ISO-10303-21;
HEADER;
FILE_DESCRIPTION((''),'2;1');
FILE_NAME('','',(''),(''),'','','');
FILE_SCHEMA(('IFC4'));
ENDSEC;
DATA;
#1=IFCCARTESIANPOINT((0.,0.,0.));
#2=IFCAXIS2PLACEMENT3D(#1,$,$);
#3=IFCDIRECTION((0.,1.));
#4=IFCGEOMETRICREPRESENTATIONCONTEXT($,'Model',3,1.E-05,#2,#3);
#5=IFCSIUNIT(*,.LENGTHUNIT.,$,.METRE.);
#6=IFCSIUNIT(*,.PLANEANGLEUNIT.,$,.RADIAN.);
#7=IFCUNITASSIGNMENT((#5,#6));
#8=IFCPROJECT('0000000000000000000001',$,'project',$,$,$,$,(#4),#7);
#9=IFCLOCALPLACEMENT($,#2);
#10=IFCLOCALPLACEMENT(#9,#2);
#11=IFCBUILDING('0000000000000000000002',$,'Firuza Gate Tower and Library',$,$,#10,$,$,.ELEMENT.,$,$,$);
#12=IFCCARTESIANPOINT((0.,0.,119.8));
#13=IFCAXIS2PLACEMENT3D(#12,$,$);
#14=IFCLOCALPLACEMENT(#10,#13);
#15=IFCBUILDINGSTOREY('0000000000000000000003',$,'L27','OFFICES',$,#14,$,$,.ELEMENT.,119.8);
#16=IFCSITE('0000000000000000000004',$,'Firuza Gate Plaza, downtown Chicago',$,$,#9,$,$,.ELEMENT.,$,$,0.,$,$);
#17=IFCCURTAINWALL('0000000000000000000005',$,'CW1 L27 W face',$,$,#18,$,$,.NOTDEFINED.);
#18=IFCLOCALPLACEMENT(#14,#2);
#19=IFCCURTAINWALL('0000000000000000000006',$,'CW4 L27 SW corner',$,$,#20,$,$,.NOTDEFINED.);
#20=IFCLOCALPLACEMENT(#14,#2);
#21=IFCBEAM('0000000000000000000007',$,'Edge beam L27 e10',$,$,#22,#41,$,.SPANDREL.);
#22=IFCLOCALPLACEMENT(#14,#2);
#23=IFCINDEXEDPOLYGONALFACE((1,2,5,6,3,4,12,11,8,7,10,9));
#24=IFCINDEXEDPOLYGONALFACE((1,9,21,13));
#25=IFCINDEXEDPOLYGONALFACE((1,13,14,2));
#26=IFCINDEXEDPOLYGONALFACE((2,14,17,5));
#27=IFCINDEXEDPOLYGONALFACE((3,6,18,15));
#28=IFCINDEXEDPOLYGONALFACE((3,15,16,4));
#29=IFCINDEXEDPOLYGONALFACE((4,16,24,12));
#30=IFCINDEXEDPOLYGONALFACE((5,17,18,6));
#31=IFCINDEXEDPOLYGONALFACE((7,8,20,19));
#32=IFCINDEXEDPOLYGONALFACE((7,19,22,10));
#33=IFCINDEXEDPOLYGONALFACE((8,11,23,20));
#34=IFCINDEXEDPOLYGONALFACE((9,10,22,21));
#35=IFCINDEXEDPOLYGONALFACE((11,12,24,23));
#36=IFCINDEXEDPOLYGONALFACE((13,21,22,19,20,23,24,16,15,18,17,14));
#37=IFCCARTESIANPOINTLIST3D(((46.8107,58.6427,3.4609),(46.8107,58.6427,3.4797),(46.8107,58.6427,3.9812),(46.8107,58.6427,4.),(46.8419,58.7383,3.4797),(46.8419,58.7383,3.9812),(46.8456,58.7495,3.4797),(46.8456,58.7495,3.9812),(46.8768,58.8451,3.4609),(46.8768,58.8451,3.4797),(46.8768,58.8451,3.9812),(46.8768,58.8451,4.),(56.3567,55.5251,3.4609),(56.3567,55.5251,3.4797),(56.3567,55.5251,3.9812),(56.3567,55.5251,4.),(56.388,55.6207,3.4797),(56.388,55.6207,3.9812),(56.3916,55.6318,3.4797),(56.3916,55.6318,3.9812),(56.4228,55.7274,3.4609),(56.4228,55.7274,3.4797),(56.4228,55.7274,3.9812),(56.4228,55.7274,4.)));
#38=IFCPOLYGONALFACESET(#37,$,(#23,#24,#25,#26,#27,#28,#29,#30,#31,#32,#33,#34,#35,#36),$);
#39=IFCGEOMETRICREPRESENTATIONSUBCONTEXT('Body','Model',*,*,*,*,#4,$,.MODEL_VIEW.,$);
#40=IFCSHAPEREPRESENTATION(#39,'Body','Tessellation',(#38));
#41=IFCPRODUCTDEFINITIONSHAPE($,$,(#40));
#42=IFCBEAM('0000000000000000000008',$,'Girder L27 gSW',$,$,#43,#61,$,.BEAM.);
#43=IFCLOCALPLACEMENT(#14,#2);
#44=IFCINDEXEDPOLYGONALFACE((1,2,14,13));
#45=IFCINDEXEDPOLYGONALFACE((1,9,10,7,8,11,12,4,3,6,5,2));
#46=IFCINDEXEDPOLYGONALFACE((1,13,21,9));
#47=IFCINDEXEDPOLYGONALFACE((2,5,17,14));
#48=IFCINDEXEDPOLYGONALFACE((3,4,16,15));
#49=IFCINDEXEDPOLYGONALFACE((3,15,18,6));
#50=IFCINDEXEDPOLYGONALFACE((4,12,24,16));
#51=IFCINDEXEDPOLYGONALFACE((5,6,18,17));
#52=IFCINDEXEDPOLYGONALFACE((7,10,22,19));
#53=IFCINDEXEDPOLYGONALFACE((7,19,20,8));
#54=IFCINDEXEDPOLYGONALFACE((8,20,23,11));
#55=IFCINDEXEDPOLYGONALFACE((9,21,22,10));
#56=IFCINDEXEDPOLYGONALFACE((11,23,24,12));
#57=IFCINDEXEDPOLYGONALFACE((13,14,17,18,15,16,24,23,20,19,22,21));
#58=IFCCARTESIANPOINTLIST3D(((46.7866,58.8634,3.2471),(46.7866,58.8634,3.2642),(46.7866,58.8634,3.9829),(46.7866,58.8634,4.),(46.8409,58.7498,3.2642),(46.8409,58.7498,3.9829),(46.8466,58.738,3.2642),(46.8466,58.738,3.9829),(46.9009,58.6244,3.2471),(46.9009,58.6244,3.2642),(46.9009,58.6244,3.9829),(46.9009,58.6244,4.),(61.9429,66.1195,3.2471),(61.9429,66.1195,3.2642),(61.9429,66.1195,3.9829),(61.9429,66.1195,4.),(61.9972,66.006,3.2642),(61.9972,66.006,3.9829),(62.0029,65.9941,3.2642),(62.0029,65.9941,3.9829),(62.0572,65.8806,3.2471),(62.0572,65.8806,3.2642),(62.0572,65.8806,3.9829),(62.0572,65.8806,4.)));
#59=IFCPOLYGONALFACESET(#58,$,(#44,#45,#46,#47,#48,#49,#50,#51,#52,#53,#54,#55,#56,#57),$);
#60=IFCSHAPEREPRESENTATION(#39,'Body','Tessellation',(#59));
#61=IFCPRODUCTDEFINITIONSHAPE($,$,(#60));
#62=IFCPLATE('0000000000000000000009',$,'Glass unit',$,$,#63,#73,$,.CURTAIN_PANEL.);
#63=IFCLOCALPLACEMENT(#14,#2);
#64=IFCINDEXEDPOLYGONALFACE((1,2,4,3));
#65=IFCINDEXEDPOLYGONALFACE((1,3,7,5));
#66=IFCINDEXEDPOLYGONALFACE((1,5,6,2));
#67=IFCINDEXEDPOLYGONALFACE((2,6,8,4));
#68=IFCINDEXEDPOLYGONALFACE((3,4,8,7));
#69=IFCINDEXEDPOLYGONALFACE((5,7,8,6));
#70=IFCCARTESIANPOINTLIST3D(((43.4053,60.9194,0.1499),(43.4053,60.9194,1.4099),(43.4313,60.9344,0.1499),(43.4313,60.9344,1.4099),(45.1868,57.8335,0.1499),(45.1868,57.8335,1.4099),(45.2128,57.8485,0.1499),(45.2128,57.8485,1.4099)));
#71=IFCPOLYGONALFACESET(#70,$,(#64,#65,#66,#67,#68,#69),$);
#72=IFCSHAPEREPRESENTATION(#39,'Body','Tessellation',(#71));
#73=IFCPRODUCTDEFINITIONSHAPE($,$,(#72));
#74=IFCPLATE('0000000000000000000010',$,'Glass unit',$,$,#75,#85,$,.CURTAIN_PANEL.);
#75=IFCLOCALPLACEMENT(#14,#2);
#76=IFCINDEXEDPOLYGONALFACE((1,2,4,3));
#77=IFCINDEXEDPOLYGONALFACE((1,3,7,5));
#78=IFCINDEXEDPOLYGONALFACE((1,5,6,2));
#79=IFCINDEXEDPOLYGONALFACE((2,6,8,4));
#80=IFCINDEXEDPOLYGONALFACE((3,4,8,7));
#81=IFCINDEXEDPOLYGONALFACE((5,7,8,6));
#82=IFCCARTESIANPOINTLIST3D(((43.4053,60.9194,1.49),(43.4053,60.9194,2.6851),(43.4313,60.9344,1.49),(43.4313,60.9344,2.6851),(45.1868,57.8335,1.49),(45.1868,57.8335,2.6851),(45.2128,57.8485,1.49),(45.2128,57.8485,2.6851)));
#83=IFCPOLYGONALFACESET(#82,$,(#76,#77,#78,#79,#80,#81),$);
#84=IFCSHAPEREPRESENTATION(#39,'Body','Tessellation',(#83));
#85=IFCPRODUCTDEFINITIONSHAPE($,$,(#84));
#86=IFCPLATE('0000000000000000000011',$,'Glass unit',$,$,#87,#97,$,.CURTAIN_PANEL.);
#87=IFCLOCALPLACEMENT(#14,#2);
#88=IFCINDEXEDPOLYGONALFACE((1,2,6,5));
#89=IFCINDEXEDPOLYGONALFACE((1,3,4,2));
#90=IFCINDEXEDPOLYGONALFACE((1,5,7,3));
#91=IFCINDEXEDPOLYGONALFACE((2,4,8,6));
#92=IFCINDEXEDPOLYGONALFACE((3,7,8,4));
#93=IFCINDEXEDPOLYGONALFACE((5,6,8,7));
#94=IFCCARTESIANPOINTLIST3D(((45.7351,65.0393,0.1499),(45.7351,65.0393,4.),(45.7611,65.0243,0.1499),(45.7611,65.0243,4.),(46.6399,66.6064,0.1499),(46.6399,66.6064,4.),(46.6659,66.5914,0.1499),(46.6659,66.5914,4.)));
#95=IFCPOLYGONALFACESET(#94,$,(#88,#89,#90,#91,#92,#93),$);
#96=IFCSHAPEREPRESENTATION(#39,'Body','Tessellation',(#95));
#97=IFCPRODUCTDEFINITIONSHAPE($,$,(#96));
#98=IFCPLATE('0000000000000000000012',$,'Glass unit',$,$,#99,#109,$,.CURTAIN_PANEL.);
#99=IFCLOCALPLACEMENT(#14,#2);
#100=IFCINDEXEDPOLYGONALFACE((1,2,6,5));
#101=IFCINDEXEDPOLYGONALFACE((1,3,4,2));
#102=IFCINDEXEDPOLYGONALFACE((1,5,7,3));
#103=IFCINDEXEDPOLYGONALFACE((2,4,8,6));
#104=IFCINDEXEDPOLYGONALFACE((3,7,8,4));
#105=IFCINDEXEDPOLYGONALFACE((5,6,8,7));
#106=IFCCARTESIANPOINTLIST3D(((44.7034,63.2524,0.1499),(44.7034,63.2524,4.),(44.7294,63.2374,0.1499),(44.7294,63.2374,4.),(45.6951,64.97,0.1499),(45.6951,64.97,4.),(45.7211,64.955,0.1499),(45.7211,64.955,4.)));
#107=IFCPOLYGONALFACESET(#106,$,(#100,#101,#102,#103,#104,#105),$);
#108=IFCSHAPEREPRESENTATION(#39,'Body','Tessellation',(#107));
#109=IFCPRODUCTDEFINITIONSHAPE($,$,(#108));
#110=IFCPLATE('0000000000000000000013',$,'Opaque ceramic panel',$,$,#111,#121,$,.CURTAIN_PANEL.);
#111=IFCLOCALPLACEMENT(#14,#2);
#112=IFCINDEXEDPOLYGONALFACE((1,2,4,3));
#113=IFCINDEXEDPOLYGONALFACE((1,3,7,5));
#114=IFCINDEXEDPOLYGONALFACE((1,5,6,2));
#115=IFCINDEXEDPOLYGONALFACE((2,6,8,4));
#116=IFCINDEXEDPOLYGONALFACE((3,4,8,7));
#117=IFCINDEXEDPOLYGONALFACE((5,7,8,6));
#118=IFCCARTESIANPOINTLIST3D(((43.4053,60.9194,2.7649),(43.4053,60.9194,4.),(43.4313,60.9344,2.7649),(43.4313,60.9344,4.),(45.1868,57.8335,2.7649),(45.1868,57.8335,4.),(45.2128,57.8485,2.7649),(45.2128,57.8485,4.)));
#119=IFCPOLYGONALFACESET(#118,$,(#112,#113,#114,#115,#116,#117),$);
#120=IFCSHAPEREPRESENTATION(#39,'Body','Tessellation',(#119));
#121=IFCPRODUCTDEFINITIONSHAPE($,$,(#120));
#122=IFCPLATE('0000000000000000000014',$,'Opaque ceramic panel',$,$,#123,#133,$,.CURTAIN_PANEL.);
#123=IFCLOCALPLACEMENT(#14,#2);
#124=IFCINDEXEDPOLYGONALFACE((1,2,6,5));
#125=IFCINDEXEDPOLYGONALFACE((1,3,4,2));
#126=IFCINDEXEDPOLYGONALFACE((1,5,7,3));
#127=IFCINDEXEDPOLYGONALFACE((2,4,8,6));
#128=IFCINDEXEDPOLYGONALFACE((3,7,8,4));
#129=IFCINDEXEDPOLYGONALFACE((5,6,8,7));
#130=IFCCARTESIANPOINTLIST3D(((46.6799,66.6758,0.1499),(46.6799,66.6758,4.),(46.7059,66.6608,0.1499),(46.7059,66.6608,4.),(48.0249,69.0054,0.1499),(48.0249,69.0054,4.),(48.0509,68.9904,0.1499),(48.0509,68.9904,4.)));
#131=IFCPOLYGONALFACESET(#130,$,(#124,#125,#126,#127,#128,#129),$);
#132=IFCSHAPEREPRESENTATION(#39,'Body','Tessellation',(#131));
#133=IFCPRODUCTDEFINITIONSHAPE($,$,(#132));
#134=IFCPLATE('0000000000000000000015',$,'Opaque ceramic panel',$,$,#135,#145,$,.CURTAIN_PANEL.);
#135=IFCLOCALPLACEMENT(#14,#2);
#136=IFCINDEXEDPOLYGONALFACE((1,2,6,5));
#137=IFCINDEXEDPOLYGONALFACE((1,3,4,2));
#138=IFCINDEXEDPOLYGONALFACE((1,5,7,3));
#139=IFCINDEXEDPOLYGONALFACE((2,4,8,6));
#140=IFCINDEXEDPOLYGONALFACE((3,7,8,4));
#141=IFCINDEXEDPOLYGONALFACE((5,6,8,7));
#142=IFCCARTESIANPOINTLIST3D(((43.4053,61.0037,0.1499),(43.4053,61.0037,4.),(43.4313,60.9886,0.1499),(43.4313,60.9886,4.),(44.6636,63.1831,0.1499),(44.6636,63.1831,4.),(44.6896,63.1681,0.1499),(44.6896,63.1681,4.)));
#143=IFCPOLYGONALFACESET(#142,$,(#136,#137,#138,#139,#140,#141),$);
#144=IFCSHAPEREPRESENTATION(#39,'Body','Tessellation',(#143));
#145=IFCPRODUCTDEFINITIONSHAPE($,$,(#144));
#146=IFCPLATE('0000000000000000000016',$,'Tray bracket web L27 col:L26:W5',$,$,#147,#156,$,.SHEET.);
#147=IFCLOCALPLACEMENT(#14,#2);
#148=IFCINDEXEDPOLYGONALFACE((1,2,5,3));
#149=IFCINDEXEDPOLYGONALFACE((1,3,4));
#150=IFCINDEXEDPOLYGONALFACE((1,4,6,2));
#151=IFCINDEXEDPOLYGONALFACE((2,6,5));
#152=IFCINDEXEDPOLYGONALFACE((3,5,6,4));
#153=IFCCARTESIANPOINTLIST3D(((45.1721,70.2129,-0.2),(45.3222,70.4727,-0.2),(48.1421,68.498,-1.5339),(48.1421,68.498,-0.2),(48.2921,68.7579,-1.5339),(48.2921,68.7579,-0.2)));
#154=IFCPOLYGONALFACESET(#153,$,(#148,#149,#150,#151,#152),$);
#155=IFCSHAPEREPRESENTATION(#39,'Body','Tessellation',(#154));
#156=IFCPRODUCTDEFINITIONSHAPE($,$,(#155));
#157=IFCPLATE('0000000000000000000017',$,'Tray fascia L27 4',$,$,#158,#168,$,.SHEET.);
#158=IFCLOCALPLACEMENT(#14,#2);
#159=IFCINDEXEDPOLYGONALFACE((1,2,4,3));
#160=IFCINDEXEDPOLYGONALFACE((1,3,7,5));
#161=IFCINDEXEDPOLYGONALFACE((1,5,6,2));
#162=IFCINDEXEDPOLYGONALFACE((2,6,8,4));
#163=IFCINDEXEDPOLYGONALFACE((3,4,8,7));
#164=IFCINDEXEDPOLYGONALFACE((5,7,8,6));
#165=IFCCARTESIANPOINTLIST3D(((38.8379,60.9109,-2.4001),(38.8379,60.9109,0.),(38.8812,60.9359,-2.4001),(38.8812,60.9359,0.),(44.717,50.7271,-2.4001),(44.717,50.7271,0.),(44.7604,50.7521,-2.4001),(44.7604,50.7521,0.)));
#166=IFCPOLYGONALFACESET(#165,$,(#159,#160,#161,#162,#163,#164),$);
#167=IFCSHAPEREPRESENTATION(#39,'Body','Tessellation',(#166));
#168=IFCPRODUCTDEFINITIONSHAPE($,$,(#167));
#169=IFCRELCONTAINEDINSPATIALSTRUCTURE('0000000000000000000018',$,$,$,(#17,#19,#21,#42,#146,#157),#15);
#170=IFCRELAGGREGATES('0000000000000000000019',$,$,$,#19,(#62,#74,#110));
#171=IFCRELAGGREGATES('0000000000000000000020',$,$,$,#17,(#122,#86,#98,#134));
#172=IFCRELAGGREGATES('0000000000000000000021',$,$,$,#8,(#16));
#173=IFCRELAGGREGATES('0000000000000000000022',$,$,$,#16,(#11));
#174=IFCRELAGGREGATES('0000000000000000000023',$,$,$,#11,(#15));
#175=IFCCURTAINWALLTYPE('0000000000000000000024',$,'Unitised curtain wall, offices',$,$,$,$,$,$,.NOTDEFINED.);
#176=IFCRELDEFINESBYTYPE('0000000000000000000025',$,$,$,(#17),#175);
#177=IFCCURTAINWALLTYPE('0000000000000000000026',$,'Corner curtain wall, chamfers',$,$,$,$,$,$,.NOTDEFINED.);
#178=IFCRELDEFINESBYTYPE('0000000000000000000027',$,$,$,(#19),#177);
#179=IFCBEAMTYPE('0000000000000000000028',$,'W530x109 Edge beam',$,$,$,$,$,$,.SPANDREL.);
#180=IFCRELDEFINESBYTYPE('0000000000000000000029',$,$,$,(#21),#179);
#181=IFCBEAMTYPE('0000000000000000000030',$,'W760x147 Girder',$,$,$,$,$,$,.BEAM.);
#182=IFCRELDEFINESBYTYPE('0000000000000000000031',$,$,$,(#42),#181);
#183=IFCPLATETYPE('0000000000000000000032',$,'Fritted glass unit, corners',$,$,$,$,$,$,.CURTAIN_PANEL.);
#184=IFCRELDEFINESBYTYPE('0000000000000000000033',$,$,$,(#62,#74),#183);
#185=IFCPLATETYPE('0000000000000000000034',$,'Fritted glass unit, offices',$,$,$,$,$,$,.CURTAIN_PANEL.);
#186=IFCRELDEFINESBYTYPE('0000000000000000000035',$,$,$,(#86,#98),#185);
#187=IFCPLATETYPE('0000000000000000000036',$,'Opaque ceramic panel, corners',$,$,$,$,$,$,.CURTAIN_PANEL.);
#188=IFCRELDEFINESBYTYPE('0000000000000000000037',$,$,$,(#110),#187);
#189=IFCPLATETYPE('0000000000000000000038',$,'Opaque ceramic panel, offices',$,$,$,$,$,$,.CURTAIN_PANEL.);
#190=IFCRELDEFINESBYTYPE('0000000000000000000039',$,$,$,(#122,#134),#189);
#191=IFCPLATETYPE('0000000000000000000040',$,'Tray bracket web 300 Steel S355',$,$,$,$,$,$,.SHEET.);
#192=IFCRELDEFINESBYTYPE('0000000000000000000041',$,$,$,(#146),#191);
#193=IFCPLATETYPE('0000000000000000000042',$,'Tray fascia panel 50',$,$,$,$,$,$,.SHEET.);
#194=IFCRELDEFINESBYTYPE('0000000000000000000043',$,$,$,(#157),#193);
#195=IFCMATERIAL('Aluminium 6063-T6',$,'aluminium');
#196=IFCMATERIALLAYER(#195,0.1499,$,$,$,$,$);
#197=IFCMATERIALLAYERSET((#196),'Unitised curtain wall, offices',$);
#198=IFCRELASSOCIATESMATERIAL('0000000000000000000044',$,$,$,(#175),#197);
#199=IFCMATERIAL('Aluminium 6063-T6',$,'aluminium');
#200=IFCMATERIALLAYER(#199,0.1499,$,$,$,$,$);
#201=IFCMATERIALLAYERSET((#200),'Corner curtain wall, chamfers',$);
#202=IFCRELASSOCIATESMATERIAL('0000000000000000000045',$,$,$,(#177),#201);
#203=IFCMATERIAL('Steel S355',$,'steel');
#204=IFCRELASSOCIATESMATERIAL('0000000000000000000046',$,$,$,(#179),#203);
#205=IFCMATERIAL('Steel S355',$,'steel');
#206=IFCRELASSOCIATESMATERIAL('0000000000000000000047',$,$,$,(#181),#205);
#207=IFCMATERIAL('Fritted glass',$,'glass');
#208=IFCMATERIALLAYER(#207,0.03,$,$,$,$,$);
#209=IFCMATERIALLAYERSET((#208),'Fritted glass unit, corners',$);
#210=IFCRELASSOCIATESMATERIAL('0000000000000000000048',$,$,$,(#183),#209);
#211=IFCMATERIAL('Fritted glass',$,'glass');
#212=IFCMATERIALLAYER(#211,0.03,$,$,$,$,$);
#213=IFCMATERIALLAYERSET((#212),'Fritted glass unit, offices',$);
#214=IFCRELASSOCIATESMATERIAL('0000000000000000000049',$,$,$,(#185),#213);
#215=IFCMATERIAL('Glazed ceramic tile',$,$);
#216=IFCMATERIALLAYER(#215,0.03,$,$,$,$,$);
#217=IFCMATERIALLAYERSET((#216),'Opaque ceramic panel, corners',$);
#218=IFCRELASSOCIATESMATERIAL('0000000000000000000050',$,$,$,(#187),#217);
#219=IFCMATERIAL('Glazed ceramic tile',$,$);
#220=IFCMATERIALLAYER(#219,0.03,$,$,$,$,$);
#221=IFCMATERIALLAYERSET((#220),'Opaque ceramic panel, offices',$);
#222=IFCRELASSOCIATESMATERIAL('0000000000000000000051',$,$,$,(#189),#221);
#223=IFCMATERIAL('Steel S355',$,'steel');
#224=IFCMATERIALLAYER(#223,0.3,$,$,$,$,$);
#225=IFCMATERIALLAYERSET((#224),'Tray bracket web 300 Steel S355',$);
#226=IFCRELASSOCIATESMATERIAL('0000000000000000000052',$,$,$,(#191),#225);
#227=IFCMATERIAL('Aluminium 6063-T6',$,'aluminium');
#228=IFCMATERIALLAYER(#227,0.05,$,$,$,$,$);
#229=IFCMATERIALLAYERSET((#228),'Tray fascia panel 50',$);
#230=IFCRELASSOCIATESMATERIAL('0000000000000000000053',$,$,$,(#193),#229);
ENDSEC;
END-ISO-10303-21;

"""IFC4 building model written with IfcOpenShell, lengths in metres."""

from ifc_helpers import new_model, si_unit, direction, frame, origin, origin_2d, place, context, subcontext, project, spatial, polyline, i_section, outline, extrude, material, layer, layer_set, material_profile, profile_set, type_object, element, aggregate, save


model = new_model("IFC4")

# Units and contexts
model_context = context("Model", 3, precision=1e-05, world=origin(), true_north=direction((0.0, 1.0)))
body_context = subcontext(model_context, "Body", "Model", "MODEL_VIEW")
ifc_project = project(units=[si_unit("LENGTHUNIT", "METRE"), si_unit("PLANEANGLEUNIT", "RADIAN")], contexts=[model_context])

# Site, building, storey
site_placement = place(None, origin())
site = spatial("IfcSite", under=ifc_project, at=site_placement, Name="Firuza Gate Plaza, downtown Chicago", CompositionType="ELEMENT", RefElevation=0.0)
building_placement = place(site_placement, origin())
building = spatial("IfcBuilding", under=site, at=building_placement, Name="Firuza Gate Tower and Library", CompositionType="ELEMENT")
storey_placement = place(building_placement, frame((0.0, 0.0, 119.8)))
storey = spatial("IfcBuildingStorey", under=building, at=storey_placement, Name="L27", Description="OFFICES", CompositionType="ELEMENT", Elevation=119.8)

# Curtain walls
ifc_material_1 = material(Name="Aluminium 6063-T6", Category="aluminium")
ifc_layer_1 = layer(ifc_material_1, 0.1499)
ifc_layer_set_1 = layer_set([ifc_layer_1], Name="Unitised curtain wall, offices")
curtain_wall_type_1 = type_object("IfcCurtainWallType", Name="Unitised curtain wall, offices", PredefinedType="NOTDEFINED", material=ifc_layer_set_1)
placement = place(storey_placement, origin())
curtain_wall_1 = element("IfcCurtainWall", 1, at=placement, inside=storey, type_object=curtain_wall_type_1, Name="CW1 L27 W face", PredefinedType="NOTDEFINED")
ifc_material_2 = material(Name="Aluminium 6063-T6", Category="aluminium")
ifc_layer_2 = layer(ifc_material_2, 0.1499)
ifc_layer_set_2 = layer_set([ifc_layer_2], Name="Corner curtain wall, chamfers")
curtain_wall_type_2 = type_object("IfcCurtainWallType", Name="Corner curtain wall, chamfers", PredefinedType="NOTDEFINED", material=ifc_layer_set_2)
curtain_wall_2 = element("IfcCurtainWall", 2, at=placement, inside=storey, type_object=curtain_wall_type_2, Name="CW4 L27 SW corner", PredefinedType="NOTDEFINED")

# Beams
ifc_material_3 = material(Name="Steel S355", Category="steel")
ifc_material_profile_1 = material_profile(ifc_material_3, i_section(OverallWidth=0.2129, OverallDepth=0.5391, WebThickness=0.0117, FlangeThickness=0.0188, at=origin_2d()))
ifc_profile_set_1 = profile_set([ifc_material_profile_1], Name="Steel S355")
beam_type_1 = type_object("IfcBeamType", Name="W530x109 Edge beam", PredefinedType="SPANDREL", material=ifc_profile_set_1)
beam_1_placement = place(storey_placement, frame((46.8438, 58.7439, 3.7305), z_axis=(0.950589, -0.310453, 0.0), x_axis=(0.310453, 0.950589, 0.0)))
element("IfcBeam", 3, at=beam_1_placement, inside=storey, type_object=beam_type_1, Name="Edge beam L27 e10", PredefinedType="SPANDREL", context=body_context, shape_type="SweptSolid", body=[
    extrude(i_section(OverallWidth=0.2129, OverallDepth=0.5391, WebThickness=0.0117, FlangeThickness=0.0188, at=origin_2d()), origin(), (0.0, 0.0, 1.0), 10.0422),
])
ifc_material_4 = material(Name="Steel S355", Category="steel")
ifc_material_profile_2 = material_profile(ifc_material_4, i_section(OverallWidth=0.2649, OverallDepth=0.7529, WebThickness=0.0132, FlangeThickness=0.0171, at=origin_2d()))
ifc_profile_set_2 = profile_set([ifc_material_profile_2], Name="Steel S355")
beam_type_2 = type_object("IfcBeamType", Name="W760x147 Girder", PredefinedType="BEAM", material=ifc_profile_set_2)
beam_2_placement = place(storey_placement, frame((46.8438, 58.7439, 3.6235), z_axis=(0.901961, 0.431817, 0.0), x_axis=(-0.431817, 0.901961, 0.0)))
element("IfcBeam", 4, at=beam_2_placement, inside=storey, type_object=beam_type_2, Name="Girder L27 gSW", PredefinedType="BEAM", context=body_context, shape_type="SweptSolid", body=[
    extrude(i_section(OverallWidth=0.2649, OverallDepth=0.7529, WebThickness=0.0132, FlangeThickness=0.0171, at=origin_2d()), origin(), (0.0, 0.0, 1.0), 16.8037),
])

# Plates
ifc_material_5 = material(Name="Fritted glass", Category="glass")
ifc_layer_3 = layer(ifc_material_5, 0.03)
ifc_layer_set_3 = layer_set([ifc_layer_3], Name="Fritted glass unit, corners")
plate_type_1 = type_object("IfcPlateType", Name="Fritted glass unit, corners", PredefinedType="CURTAIN_PANEL", material=ifc_layer_set_3)
plate_1_placement = place(storey_placement, frame((43.4053, 60.9194, 0.1499), z_axis=(-0.866046, -0.499964, 0.0), x_axis=(0.499964, -0.866046, 0.0)))
plate_1 = element("IfcPlate", 5, at=plate_1_placement, type_object=plate_type_1, Name="Glass unit", PredefinedType="CURTAIN_PANEL", context=body_context, shape_type="SweptSolid", body=[
    extrude(outline(polyline([(0.0, 0.0), (3.5632, 0.0), (3.5632, 1.26), (0.0, 1.26), (0.0, 0.0)])), origin(), (0.0, 0.0, -1.0), 0.03),
])
plate_2_placement = place(storey_placement, frame((43.4053, 60.9194, 1.49), z_axis=(-0.866046, -0.499964, 0.0), x_axis=(0.499964, -0.866046, 0.0)))
plate_2 = element("IfcPlate", 6, at=plate_2_placement, type_object=plate_type_1, Name="Glass unit", PredefinedType="CURTAIN_PANEL", context=body_context, shape_type="SweptSolid", body=[
    extrude(outline(polyline([(0.0, 0.0), (3.5632, 0.0), (3.5632, 1.1951), (0.0, 1.1951), (0.0, 0.0)])), origin(), (0.0, 0.0, -1.0), 0.03),
])
ifc_material_6 = material(Name="Fritted glass", Category="glass")
ifc_layer_4 = layer(ifc_material_6, 0.03)
ifc_layer_set_4 = layer_set([ifc_layer_4], Name="Fritted glass unit, offices")
plate_type_2 = type_object("IfcPlateType", Name="Fritted glass unit, offices", PredefinedType="CURTAIN_PANEL", material=ifc_layer_set_4)
plate_3_placement = place(storey_placement, frame((46.6399, 66.6064, 0.1499), z_axis=(-0.866026, 0.499999, 0.0), x_axis=(-0.499999, -0.866026, 0.0)))
plate_3 = element("IfcPlate", 7, at=plate_3_placement, type_object=plate_type_2, Name="Glass unit", PredefinedType="CURTAIN_PANEL", context=body_context, shape_type="SweptSolid", body=[
    extrude(outline(polyline([(0.0, 0.0), (1.8096, 0.0), (1.8096, 3.8501), (0.0, 3.8501), (0.0, 0.0)])), origin(), (0.0, 0.0, -1.0), 0.03),
])
plate_4_placement = place(storey_placement, frame((45.6951, 64.97, 0.1499), z_axis=(-0.866007, 0.500031, 0.0), x_axis=(-0.500031, -0.866007, 0.0)))
plate_4 = element("IfcPlate", 8, at=plate_4_placement, type_object=plate_type_2, Name="Glass unit", PredefinedType="CURTAIN_PANEL", context=body_context, shape_type="SweptSolid", body=[
    extrude(outline(polyline([(0.0, 0.0), (1.9833, 0.0), (1.9833, 3.8501), (0.0, 3.8501), (0.0, 0.0)])), origin(), (0.0, 0.0, -1.0), 0.03),
])
ifc_material_7 = material(Name="Glazed ceramic tile")
ifc_layer_5 = layer(ifc_material_7, 0.03)
ifc_layer_set_5 = layer_set([ifc_layer_5], Name="Opaque ceramic panel, corners")
plate_type_3 = type_object("IfcPlateType", Name="Opaque ceramic panel, corners", PredefinedType="CURTAIN_PANEL", material=ifc_layer_set_5)
plate_5_placement = place(storey_placement, frame((43.4053, 60.9194, 2.7649), z_axis=(-0.866046, -0.499964, 0.0), x_axis=(0.499964, -0.866046, 0.0)))
plate_5 = element("IfcPlate", 9, at=plate_5_placement, type_object=plate_type_3, Name="Opaque ceramic panel", PredefinedType="CURTAIN_PANEL", context=body_context, shape_type="SweptSolid", body=[
    extrude(outline(polyline([(0.0, 0.0), (3.5632, 0.0), (3.5632, 1.2351), (0.0, 1.2351), (0.0, 0.0)])), origin(), (0.0, 0.0, -1.0), 0.03),
])
aggregate(curtain_wall_2, [plate_1, plate_2, plate_5])
ifc_material_8 = material(Name="Glazed ceramic tile")
ifc_layer_6 = layer(ifc_material_8, 0.03)
ifc_layer_set_6 = layer_set([ifc_layer_6], Name="Opaque ceramic panel, offices")
plate_type_4 = type_object("IfcPlateType", Name="Opaque ceramic panel, offices", PredefinedType="CURTAIN_PANEL", material=ifc_layer_set_6)
plate_6_placement = place(storey_placement, frame((48.0249, 69.0054, 0.1499), z_axis=(-0.866028, 0.499995, 0.0), x_axis=(-0.499995, -0.866028, 0.0)))
plate_6 = element("IfcPlate", 10, at=plate_6_placement, type_object=plate_type_4, Name="Opaque ceramic panel", PredefinedType="CURTAIN_PANEL", context=body_context, shape_type="SweptSolid", body=[
    extrude(outline(polyline([(0.0, 0.0), (2.69, 0.0), (2.69, 3.8501), (0.0, 3.8501), (0.0, 0.0)])), origin(), (0.0, 0.0, -1.0), 0.03),
])
plate_7_placement = place(storey_placement, frame((44.6636, 63.1831, 0.1499), z_axis=(-0.866026, 0.5, 0.0), x_axis=(-0.5, -0.866026, 0.0)))
plate_7 = element("IfcPlate", 11, at=plate_7_placement, type_object=plate_type_4, Name="Opaque ceramic panel", PredefinedType="CURTAIN_PANEL", context=body_context, shape_type="SweptSolid", body=[
    extrude(outline(polyline([(0.0, 0.0), (2.5166, 0.0), (2.5166, 3.8501), (0.0, 3.8501), (0.0, 0.0)])), origin(), (0.0, 0.0, -1.0), 0.03),
])
aggregate(curtain_wall_1, [plate_6, plate_3, plate_4, plate_7])

# Plates
ifc_material_9 = material(Name="Steel S355", Category="steel")
ifc_layer_7 = layer(ifc_material_9, 0.3)
ifc_layer_set_7 = layer_set([ifc_layer_7], Name="Tray bracket web 300 Steel S355")
plate_type_5 = type_object("IfcPlateType", Name="Tray bracket web 300 Steel S355", PredefinedType="SHEET", material=ifc_layer_set_7)
plate_8_placement = place(storey_placement, frame((48.1421, 68.498, -0.2), z_axis=(-0.500029, -0.866009, 0.0), x_axis=(-0.866009, 0.500029, 0.0)))
element("IfcPlate", 12, at=plate_8_placement, inside=storey, type_object=plate_type_5, Name="Tray bracket web L27 col:L26:W5", PredefinedType="SHEET", context=body_context, shape_type="SweptSolid", body=[
    extrude(outline(polyline([(0.0, 0.0), (3.4295, 0.0), (0.0, 1.334), (0.0, 0.0)])), origin(), (0.0, 0.0, -1.0), 0.3),
])
ifc_material_10 = material(Name="Aluminium 6063-T6", Category="aluminium")
ifc_layer_8 = layer(ifc_material_10, 0.05)
ifc_layer_set_8 = layer_set([ifc_layer_8], Name="Tray fascia panel 50")
plate_type_6 = type_object("IfcPlateType", Name="Tray fascia panel 50", PredefinedType="SHEET", material=ifc_layer_set_8)
plate_9_placement = place(storey_placement, frame((38.8379, 60.9109, -2.4001), z_axis=(-0.866043, -0.499969, 0.0), x_axis=(0.499969, -0.866043, 0.0)))
element("IfcPlate", 13, at=plate_9_placement, inside=storey, type_object=plate_type_6, Name="Tray fascia L27 4", PredefinedType="SHEET", context=body_context, shape_type="SweptSolid", body=[
    extrude(outline(polyline([(0.0, 0.0), (11.759, 0.0), (11.759, 2.4001), (0.0, 2.4001), (0.0, 0.0)])), origin(), (0.0, 0.0, -1.0), 0.05),
])

save(model, "model.ifc")
